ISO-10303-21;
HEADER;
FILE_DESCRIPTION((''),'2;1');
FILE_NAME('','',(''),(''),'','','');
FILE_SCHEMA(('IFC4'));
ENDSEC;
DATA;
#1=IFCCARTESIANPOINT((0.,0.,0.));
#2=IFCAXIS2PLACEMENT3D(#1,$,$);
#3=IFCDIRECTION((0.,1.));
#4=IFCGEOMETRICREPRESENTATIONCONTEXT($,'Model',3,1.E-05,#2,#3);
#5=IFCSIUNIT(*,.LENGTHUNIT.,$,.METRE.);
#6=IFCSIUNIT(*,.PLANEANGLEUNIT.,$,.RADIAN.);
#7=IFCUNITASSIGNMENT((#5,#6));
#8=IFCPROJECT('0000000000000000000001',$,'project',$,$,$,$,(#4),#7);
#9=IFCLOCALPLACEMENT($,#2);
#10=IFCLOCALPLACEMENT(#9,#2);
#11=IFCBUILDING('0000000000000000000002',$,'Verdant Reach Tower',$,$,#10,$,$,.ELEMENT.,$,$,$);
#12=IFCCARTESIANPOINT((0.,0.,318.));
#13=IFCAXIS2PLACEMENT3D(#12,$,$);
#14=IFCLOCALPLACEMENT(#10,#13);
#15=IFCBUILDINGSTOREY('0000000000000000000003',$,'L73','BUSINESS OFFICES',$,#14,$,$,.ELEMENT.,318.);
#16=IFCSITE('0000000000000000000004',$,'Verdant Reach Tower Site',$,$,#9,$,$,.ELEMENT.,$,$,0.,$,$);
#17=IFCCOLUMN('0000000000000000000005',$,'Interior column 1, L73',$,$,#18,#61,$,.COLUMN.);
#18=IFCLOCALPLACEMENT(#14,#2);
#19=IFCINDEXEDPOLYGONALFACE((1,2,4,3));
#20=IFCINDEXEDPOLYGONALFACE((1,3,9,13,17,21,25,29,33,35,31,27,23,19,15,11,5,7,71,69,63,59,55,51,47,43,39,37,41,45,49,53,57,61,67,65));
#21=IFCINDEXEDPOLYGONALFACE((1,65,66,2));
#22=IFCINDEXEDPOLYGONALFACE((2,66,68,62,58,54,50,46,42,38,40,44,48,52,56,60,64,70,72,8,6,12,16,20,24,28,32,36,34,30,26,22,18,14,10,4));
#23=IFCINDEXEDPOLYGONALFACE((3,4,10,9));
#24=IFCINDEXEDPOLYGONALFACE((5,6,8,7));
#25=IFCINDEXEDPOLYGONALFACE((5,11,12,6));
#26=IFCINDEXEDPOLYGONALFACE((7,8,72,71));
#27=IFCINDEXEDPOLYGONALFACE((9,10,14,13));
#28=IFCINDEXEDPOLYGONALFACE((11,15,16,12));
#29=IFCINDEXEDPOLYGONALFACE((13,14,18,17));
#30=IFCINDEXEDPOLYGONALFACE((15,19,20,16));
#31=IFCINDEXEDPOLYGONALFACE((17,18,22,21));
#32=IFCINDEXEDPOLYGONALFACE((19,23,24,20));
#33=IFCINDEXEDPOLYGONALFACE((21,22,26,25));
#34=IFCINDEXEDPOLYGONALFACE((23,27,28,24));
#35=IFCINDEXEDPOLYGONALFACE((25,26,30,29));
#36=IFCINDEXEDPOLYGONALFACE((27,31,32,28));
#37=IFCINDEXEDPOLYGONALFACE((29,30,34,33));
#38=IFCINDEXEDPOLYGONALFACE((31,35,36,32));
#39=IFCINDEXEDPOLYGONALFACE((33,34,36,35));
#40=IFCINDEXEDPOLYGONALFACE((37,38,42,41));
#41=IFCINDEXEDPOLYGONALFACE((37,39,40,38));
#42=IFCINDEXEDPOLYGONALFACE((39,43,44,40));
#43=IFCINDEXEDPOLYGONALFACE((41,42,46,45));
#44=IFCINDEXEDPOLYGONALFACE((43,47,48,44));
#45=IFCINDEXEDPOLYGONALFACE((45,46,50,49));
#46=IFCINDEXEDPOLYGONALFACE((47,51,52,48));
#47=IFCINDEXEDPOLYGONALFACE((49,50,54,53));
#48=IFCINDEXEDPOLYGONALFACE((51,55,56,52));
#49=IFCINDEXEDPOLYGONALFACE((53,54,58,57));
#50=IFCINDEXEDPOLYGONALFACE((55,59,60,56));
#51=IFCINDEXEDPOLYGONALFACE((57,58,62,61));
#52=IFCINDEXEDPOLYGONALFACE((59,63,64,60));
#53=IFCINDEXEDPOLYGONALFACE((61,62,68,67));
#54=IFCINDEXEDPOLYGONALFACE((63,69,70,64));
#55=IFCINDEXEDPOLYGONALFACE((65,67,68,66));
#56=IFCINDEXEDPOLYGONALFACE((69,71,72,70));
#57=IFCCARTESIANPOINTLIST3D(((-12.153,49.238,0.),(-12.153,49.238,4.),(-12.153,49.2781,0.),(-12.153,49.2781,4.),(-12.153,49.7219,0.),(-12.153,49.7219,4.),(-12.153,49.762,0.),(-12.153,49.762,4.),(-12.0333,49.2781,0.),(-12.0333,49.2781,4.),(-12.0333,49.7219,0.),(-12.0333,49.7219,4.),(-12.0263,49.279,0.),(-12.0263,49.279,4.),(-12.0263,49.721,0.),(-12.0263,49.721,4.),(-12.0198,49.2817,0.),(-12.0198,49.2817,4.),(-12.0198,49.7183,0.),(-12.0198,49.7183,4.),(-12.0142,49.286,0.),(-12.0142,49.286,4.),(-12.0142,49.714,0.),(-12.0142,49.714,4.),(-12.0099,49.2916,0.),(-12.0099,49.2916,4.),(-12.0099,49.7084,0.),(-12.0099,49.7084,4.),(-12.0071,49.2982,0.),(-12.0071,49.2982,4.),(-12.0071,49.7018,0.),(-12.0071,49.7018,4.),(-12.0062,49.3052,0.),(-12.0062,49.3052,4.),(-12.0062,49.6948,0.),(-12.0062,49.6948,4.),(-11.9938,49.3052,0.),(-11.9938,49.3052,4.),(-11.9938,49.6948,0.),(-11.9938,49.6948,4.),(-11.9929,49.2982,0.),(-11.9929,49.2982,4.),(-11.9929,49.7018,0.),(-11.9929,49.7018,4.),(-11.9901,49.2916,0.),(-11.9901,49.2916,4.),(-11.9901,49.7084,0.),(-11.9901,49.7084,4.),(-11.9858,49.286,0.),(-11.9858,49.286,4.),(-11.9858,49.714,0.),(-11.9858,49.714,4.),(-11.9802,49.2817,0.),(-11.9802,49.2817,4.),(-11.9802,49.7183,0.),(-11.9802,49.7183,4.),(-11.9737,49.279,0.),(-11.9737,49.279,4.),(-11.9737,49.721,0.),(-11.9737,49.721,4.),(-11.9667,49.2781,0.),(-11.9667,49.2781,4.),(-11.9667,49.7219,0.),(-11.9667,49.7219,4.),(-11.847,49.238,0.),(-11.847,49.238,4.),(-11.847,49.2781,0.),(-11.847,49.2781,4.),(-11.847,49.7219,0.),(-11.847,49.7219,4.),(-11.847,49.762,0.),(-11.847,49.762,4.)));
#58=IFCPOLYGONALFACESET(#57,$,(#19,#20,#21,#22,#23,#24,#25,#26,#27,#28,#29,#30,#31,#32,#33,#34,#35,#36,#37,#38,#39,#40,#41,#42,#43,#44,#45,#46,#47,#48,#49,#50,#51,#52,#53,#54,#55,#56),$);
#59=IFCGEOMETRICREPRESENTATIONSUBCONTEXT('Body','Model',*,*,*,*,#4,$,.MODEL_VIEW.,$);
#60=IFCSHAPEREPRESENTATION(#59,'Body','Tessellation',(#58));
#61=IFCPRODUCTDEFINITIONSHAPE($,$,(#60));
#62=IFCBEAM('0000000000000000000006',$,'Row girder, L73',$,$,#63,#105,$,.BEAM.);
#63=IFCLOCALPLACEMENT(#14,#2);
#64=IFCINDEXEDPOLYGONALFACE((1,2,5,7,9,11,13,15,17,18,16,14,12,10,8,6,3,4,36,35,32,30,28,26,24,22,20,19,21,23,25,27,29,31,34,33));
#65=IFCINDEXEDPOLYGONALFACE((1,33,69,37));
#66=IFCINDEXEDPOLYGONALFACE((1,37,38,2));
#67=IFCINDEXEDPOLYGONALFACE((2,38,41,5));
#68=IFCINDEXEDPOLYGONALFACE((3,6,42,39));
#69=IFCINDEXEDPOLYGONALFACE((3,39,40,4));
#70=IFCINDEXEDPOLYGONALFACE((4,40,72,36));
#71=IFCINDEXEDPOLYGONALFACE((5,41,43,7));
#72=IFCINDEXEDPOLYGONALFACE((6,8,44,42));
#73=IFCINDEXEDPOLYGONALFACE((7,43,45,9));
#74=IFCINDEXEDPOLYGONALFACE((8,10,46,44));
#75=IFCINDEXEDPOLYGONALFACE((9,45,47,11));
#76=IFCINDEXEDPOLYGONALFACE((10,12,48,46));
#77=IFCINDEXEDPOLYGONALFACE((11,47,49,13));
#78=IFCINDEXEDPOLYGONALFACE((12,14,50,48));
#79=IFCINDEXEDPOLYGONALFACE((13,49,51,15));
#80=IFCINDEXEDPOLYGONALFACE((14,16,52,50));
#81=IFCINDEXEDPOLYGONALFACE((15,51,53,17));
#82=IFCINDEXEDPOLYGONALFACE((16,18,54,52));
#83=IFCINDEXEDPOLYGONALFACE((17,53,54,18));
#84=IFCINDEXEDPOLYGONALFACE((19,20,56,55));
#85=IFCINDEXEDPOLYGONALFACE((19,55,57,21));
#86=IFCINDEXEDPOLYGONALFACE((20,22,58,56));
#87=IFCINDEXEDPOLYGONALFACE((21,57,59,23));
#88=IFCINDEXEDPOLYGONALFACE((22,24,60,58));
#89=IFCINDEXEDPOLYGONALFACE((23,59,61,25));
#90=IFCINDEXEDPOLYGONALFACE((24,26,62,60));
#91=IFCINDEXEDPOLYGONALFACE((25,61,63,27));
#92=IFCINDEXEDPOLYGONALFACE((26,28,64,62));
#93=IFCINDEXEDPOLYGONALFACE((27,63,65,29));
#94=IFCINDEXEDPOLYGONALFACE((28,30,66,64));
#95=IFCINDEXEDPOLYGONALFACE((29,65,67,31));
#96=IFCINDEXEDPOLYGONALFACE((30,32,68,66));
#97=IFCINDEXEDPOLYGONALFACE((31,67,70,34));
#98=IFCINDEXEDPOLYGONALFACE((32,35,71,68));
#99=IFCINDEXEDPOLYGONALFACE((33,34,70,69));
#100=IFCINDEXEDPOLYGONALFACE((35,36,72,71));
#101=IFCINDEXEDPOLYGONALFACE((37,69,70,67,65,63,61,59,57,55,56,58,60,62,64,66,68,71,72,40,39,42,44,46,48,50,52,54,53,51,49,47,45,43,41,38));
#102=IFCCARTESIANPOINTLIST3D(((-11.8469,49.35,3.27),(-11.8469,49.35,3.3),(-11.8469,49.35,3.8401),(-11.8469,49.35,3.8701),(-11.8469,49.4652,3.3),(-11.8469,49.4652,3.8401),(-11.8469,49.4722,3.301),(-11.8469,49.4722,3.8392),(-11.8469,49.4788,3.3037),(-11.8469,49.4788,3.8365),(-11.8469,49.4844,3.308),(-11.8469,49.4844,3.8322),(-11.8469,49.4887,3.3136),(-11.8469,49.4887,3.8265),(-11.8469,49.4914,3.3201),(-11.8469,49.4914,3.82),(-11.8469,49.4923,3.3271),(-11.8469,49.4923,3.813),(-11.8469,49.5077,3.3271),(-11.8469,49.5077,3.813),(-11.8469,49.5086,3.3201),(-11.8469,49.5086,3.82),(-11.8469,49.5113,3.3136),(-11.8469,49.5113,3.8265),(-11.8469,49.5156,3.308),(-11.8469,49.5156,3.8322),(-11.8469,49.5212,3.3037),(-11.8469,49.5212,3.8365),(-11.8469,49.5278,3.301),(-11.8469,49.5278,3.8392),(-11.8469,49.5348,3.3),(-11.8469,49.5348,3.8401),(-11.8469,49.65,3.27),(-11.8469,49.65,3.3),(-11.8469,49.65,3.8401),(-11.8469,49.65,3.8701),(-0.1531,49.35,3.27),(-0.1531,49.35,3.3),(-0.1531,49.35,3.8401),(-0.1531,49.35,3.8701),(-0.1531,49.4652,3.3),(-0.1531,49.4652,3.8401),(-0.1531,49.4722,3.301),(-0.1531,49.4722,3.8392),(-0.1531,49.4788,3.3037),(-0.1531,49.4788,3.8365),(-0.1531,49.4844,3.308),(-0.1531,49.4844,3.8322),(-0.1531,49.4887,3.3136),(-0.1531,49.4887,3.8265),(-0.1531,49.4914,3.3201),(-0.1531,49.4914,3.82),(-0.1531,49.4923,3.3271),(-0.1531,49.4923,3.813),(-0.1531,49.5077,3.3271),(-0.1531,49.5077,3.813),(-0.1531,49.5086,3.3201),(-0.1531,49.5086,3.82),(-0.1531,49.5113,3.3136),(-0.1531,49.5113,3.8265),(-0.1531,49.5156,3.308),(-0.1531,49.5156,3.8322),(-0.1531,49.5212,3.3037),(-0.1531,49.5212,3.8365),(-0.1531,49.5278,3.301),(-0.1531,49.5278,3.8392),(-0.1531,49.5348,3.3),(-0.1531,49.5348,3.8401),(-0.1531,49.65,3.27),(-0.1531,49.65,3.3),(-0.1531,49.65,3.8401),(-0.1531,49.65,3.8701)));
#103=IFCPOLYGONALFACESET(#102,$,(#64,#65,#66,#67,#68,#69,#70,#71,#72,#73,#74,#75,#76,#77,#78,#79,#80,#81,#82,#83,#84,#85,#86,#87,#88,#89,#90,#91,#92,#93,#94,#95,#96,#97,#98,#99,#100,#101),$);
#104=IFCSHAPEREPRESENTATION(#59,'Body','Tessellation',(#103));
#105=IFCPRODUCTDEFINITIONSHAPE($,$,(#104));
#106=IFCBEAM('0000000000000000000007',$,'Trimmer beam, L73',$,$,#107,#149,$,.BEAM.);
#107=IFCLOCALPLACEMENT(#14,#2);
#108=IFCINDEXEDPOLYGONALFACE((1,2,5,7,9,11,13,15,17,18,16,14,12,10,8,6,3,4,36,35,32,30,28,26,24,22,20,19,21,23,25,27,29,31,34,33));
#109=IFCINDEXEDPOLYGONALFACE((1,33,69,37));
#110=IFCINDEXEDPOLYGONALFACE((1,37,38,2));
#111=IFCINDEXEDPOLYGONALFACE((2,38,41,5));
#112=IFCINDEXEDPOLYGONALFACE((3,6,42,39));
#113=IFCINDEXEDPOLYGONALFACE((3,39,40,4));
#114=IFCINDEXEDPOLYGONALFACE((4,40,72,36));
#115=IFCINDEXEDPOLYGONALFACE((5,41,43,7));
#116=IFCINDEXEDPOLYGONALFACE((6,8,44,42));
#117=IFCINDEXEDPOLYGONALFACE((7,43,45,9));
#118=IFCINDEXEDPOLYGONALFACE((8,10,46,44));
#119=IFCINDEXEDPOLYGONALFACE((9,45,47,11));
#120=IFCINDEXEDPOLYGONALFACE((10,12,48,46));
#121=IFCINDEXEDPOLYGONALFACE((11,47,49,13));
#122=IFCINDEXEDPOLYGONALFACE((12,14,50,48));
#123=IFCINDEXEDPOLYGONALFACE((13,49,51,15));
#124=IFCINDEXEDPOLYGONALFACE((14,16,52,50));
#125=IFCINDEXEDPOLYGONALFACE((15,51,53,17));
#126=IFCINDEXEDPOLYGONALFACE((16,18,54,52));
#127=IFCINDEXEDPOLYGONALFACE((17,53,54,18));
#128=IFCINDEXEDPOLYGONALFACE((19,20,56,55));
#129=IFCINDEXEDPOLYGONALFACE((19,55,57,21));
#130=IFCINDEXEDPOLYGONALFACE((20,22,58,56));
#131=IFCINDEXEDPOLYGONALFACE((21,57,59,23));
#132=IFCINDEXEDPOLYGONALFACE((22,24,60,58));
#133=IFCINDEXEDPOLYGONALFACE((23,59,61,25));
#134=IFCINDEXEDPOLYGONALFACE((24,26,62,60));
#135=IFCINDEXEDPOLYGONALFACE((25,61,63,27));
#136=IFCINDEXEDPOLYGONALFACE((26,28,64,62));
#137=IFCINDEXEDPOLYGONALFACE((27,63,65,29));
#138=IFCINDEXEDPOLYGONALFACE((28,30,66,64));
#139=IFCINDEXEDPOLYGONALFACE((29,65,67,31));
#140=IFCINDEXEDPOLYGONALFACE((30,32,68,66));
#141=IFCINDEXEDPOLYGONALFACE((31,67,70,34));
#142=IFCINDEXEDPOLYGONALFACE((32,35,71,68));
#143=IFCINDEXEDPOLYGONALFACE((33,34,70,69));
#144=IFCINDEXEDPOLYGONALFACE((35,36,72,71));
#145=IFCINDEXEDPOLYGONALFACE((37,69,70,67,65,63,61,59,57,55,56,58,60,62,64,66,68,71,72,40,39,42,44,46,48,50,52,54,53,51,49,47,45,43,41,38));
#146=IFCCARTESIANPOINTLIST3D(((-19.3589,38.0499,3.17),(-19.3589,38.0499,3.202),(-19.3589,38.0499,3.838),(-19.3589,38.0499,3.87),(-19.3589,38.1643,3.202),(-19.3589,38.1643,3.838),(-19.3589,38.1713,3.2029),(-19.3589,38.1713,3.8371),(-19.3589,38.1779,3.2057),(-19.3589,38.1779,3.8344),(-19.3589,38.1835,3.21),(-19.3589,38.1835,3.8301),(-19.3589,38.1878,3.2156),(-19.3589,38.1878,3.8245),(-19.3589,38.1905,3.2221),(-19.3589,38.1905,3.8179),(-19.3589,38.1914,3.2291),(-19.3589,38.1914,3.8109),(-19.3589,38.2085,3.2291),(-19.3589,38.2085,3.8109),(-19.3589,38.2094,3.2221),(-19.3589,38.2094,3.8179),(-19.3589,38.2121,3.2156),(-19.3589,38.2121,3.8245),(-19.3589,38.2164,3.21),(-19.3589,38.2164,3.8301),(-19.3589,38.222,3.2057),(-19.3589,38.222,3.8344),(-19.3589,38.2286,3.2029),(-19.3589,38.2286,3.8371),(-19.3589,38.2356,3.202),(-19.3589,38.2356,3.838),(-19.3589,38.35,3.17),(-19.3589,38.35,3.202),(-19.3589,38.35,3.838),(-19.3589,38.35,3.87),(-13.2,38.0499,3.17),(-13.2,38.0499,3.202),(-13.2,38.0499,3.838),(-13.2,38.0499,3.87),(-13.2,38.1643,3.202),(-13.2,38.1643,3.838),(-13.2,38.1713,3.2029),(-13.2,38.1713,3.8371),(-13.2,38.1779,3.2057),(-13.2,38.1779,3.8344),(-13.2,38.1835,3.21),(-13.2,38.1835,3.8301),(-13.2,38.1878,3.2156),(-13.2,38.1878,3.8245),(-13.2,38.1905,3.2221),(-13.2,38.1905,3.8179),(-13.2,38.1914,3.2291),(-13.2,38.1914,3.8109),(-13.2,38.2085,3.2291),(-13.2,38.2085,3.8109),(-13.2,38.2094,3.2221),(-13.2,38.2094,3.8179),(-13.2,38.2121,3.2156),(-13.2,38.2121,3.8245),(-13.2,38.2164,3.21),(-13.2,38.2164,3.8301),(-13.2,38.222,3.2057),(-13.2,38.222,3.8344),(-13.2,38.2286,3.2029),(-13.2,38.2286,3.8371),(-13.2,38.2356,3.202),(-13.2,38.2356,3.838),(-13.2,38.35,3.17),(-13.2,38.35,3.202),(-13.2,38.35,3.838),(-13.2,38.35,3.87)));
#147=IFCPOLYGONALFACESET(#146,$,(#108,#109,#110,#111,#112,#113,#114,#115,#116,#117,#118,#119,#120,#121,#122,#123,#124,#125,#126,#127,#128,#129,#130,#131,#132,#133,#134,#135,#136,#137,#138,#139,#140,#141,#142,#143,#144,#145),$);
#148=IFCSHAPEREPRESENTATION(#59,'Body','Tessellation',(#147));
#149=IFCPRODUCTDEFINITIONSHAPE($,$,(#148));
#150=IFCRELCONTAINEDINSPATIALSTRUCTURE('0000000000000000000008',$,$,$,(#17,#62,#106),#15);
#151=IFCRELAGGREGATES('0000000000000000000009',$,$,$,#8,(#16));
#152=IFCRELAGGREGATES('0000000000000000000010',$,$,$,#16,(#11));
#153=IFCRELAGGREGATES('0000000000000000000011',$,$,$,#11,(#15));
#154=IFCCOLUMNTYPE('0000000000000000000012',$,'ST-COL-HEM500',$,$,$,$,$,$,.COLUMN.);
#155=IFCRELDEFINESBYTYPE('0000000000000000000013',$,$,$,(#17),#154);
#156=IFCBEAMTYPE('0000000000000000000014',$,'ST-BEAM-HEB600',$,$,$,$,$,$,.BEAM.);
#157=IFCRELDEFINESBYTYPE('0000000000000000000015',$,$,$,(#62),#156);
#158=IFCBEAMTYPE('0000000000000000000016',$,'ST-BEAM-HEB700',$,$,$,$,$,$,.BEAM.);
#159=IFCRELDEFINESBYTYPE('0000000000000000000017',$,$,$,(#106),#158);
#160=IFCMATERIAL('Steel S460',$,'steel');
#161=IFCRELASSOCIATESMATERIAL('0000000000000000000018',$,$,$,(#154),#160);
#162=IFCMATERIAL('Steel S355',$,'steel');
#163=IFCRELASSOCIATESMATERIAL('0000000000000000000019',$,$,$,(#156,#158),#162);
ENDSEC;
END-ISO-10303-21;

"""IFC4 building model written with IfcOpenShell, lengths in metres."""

from ifc_helpers import new_model, si_unit, direction, frame, origin, origin_2d, place, context, subcontext, project, spatial, i_section, extrude, material, material_profile, profile_set, type_object, element, save


model = new_model("IFC4")

# Units and contexts
model_context = context("Model", 3, precision=1e-05, world=origin(), true_north=direction((0.0, 1.0)))
body_context = subcontext(model_context, "Body", "Model", "MODEL_VIEW")
ifc_project = project(units=[si_unit("LENGTHUNIT", "METRE"), si_unit("PLANEANGLEUNIT", "RADIAN")], contexts=[model_context])

# Site, building, storey
site_placement = place(None, origin())
site = spatial("IfcSite", under=ifc_project, at=site_placement, Name="Verdant Reach Tower Site", CompositionType="ELEMENT", RefElevation=0.0)
building_placement = place(site_placement, origin())
building = spatial("IfcBuilding", under=site, at=building_placement, Name="Verdant Reach Tower", CompositionType="ELEMENT")
storey_placement = place(building_placement, frame((0.0, 0.0, 318.0)))
storey = spatial("IfcBuildingStorey", under=building, at=storey_placement, Name="L73", Description="BUSINESS OFFICES", CompositionType="ELEMENT", Elevation=318.0)

# Column
ifc_material_1 = material(Name="Steel S460", Category="steel")
ifc_material_profile_1 = material_profile(ifc_material_1, i_section(OverallWidth=0.3059, OverallDepth=0.5239, WebThickness=0.0125, FlangeThickness=0.04, FilletRadius=0.0271, at=origin_2d()), Name="HEM 500")
ifc_profile_set_1 = profile_set([ifc_material_profile_1], Name="Steel S460")
column_type = type_object("IfcColumnType", Name="ST-COL-HEM500", PredefinedType="COLUMN", material=ifc_profile_set_1)
column_placement = place(storey_placement, frame((-12.0, 49.5, 0.0), z_axis=(0.0, 0.0, 1.0), x_axis=(1.0, 0.0, 0.0)))
element("IfcColumn", 1, at=column_placement, inside=storey, type_object=column_type, Name="Interior column 1, L73", PredefinedType="COLUMN", context=body_context, shape_type="SweptSolid", body=[
    extrude(i_section(OverallWidth=0.3059, OverallDepth=0.5239, WebThickness=0.0125, FlangeThickness=0.04, FilletRadius=0.0271, at=origin_2d()), origin(), (0.0, 0.0, 1.0), 4.0),
])

# Beams
ifc_material_2 = material(Name="Steel S355", Category="steel")
ifc_material_profile_2 = material_profile(ifc_material_2, i_section(OverallWidth=0.3, OverallDepth=0.6001, WebThickness=0.0154, FlangeThickness=0.03, FilletRadius=0.0271, at=origin_2d()), Name="HEB 600")
ifc_profile_set_2 = profile_set([ifc_material_profile_2], Name="Steel S355")
beam_type_1 = type_object("IfcBeamType", Name="ST-BEAM-HEB600", PredefinedType="BEAM", material=ifc_profile_set_2)
beam_1_placement = place(storey_placement, frame((-11.8469, 49.5, 3.5701), z_axis=(1.0, 0.0, 0.0), x_axis=(0.0, 1.0, 0.0)))
element("IfcBeam", 2, at=beam_1_placement, inside=storey, type_object=beam_type_1, Name="Row girder, L73", PredefinedType="BEAM", context=body_context, shape_type="SweptSolid", body=[
    extrude(i_section(OverallWidth=0.3, OverallDepth=0.6001, WebThickness=0.0154, FlangeThickness=0.03, FilletRadius=0.0271, at=origin_2d()), origin(), (0.0, 0.0, 1.0), 11.6938),
])
ifc_material_profile_3 = material_profile(ifc_material_2, i_section(OverallWidth=0.3, OverallDepth=0.7, WebThickness=0.0171, FlangeThickness=0.032, FilletRadius=0.0271, at=origin_2d()), Name="HEB 700")
ifc_profile_set_3 = profile_set([ifc_material_profile_3], Name="Steel S355")
beam_type_2 = type_object("IfcBeamType", Name="ST-BEAM-HEB700", PredefinedType="BEAM", material=ifc_profile_set_3)
beam_2_placement = place(storey_placement, frame((-13.2, 38.2, 3.52), z_axis=(-1.0, 0.0, 0.0), x_axis=(0.0, -1.0, 0.0)))
element("IfcBeam", 3, at=beam_2_placement, inside=storey, type_object=beam_type_2, Name="Trimmer beam, L73", PredefinedType="BEAM", context=body_context, shape_type="SweptSolid", body=[
    extrude(i_section(OverallWidth=0.3, OverallDepth=0.7, WebThickness=0.0171, FlangeThickness=0.032, FilletRadius=0.0271, at=origin_2d()), origin(), (0.0, 0.0, 1.0), 6.1589),
])

save(model, "model.ifc")
